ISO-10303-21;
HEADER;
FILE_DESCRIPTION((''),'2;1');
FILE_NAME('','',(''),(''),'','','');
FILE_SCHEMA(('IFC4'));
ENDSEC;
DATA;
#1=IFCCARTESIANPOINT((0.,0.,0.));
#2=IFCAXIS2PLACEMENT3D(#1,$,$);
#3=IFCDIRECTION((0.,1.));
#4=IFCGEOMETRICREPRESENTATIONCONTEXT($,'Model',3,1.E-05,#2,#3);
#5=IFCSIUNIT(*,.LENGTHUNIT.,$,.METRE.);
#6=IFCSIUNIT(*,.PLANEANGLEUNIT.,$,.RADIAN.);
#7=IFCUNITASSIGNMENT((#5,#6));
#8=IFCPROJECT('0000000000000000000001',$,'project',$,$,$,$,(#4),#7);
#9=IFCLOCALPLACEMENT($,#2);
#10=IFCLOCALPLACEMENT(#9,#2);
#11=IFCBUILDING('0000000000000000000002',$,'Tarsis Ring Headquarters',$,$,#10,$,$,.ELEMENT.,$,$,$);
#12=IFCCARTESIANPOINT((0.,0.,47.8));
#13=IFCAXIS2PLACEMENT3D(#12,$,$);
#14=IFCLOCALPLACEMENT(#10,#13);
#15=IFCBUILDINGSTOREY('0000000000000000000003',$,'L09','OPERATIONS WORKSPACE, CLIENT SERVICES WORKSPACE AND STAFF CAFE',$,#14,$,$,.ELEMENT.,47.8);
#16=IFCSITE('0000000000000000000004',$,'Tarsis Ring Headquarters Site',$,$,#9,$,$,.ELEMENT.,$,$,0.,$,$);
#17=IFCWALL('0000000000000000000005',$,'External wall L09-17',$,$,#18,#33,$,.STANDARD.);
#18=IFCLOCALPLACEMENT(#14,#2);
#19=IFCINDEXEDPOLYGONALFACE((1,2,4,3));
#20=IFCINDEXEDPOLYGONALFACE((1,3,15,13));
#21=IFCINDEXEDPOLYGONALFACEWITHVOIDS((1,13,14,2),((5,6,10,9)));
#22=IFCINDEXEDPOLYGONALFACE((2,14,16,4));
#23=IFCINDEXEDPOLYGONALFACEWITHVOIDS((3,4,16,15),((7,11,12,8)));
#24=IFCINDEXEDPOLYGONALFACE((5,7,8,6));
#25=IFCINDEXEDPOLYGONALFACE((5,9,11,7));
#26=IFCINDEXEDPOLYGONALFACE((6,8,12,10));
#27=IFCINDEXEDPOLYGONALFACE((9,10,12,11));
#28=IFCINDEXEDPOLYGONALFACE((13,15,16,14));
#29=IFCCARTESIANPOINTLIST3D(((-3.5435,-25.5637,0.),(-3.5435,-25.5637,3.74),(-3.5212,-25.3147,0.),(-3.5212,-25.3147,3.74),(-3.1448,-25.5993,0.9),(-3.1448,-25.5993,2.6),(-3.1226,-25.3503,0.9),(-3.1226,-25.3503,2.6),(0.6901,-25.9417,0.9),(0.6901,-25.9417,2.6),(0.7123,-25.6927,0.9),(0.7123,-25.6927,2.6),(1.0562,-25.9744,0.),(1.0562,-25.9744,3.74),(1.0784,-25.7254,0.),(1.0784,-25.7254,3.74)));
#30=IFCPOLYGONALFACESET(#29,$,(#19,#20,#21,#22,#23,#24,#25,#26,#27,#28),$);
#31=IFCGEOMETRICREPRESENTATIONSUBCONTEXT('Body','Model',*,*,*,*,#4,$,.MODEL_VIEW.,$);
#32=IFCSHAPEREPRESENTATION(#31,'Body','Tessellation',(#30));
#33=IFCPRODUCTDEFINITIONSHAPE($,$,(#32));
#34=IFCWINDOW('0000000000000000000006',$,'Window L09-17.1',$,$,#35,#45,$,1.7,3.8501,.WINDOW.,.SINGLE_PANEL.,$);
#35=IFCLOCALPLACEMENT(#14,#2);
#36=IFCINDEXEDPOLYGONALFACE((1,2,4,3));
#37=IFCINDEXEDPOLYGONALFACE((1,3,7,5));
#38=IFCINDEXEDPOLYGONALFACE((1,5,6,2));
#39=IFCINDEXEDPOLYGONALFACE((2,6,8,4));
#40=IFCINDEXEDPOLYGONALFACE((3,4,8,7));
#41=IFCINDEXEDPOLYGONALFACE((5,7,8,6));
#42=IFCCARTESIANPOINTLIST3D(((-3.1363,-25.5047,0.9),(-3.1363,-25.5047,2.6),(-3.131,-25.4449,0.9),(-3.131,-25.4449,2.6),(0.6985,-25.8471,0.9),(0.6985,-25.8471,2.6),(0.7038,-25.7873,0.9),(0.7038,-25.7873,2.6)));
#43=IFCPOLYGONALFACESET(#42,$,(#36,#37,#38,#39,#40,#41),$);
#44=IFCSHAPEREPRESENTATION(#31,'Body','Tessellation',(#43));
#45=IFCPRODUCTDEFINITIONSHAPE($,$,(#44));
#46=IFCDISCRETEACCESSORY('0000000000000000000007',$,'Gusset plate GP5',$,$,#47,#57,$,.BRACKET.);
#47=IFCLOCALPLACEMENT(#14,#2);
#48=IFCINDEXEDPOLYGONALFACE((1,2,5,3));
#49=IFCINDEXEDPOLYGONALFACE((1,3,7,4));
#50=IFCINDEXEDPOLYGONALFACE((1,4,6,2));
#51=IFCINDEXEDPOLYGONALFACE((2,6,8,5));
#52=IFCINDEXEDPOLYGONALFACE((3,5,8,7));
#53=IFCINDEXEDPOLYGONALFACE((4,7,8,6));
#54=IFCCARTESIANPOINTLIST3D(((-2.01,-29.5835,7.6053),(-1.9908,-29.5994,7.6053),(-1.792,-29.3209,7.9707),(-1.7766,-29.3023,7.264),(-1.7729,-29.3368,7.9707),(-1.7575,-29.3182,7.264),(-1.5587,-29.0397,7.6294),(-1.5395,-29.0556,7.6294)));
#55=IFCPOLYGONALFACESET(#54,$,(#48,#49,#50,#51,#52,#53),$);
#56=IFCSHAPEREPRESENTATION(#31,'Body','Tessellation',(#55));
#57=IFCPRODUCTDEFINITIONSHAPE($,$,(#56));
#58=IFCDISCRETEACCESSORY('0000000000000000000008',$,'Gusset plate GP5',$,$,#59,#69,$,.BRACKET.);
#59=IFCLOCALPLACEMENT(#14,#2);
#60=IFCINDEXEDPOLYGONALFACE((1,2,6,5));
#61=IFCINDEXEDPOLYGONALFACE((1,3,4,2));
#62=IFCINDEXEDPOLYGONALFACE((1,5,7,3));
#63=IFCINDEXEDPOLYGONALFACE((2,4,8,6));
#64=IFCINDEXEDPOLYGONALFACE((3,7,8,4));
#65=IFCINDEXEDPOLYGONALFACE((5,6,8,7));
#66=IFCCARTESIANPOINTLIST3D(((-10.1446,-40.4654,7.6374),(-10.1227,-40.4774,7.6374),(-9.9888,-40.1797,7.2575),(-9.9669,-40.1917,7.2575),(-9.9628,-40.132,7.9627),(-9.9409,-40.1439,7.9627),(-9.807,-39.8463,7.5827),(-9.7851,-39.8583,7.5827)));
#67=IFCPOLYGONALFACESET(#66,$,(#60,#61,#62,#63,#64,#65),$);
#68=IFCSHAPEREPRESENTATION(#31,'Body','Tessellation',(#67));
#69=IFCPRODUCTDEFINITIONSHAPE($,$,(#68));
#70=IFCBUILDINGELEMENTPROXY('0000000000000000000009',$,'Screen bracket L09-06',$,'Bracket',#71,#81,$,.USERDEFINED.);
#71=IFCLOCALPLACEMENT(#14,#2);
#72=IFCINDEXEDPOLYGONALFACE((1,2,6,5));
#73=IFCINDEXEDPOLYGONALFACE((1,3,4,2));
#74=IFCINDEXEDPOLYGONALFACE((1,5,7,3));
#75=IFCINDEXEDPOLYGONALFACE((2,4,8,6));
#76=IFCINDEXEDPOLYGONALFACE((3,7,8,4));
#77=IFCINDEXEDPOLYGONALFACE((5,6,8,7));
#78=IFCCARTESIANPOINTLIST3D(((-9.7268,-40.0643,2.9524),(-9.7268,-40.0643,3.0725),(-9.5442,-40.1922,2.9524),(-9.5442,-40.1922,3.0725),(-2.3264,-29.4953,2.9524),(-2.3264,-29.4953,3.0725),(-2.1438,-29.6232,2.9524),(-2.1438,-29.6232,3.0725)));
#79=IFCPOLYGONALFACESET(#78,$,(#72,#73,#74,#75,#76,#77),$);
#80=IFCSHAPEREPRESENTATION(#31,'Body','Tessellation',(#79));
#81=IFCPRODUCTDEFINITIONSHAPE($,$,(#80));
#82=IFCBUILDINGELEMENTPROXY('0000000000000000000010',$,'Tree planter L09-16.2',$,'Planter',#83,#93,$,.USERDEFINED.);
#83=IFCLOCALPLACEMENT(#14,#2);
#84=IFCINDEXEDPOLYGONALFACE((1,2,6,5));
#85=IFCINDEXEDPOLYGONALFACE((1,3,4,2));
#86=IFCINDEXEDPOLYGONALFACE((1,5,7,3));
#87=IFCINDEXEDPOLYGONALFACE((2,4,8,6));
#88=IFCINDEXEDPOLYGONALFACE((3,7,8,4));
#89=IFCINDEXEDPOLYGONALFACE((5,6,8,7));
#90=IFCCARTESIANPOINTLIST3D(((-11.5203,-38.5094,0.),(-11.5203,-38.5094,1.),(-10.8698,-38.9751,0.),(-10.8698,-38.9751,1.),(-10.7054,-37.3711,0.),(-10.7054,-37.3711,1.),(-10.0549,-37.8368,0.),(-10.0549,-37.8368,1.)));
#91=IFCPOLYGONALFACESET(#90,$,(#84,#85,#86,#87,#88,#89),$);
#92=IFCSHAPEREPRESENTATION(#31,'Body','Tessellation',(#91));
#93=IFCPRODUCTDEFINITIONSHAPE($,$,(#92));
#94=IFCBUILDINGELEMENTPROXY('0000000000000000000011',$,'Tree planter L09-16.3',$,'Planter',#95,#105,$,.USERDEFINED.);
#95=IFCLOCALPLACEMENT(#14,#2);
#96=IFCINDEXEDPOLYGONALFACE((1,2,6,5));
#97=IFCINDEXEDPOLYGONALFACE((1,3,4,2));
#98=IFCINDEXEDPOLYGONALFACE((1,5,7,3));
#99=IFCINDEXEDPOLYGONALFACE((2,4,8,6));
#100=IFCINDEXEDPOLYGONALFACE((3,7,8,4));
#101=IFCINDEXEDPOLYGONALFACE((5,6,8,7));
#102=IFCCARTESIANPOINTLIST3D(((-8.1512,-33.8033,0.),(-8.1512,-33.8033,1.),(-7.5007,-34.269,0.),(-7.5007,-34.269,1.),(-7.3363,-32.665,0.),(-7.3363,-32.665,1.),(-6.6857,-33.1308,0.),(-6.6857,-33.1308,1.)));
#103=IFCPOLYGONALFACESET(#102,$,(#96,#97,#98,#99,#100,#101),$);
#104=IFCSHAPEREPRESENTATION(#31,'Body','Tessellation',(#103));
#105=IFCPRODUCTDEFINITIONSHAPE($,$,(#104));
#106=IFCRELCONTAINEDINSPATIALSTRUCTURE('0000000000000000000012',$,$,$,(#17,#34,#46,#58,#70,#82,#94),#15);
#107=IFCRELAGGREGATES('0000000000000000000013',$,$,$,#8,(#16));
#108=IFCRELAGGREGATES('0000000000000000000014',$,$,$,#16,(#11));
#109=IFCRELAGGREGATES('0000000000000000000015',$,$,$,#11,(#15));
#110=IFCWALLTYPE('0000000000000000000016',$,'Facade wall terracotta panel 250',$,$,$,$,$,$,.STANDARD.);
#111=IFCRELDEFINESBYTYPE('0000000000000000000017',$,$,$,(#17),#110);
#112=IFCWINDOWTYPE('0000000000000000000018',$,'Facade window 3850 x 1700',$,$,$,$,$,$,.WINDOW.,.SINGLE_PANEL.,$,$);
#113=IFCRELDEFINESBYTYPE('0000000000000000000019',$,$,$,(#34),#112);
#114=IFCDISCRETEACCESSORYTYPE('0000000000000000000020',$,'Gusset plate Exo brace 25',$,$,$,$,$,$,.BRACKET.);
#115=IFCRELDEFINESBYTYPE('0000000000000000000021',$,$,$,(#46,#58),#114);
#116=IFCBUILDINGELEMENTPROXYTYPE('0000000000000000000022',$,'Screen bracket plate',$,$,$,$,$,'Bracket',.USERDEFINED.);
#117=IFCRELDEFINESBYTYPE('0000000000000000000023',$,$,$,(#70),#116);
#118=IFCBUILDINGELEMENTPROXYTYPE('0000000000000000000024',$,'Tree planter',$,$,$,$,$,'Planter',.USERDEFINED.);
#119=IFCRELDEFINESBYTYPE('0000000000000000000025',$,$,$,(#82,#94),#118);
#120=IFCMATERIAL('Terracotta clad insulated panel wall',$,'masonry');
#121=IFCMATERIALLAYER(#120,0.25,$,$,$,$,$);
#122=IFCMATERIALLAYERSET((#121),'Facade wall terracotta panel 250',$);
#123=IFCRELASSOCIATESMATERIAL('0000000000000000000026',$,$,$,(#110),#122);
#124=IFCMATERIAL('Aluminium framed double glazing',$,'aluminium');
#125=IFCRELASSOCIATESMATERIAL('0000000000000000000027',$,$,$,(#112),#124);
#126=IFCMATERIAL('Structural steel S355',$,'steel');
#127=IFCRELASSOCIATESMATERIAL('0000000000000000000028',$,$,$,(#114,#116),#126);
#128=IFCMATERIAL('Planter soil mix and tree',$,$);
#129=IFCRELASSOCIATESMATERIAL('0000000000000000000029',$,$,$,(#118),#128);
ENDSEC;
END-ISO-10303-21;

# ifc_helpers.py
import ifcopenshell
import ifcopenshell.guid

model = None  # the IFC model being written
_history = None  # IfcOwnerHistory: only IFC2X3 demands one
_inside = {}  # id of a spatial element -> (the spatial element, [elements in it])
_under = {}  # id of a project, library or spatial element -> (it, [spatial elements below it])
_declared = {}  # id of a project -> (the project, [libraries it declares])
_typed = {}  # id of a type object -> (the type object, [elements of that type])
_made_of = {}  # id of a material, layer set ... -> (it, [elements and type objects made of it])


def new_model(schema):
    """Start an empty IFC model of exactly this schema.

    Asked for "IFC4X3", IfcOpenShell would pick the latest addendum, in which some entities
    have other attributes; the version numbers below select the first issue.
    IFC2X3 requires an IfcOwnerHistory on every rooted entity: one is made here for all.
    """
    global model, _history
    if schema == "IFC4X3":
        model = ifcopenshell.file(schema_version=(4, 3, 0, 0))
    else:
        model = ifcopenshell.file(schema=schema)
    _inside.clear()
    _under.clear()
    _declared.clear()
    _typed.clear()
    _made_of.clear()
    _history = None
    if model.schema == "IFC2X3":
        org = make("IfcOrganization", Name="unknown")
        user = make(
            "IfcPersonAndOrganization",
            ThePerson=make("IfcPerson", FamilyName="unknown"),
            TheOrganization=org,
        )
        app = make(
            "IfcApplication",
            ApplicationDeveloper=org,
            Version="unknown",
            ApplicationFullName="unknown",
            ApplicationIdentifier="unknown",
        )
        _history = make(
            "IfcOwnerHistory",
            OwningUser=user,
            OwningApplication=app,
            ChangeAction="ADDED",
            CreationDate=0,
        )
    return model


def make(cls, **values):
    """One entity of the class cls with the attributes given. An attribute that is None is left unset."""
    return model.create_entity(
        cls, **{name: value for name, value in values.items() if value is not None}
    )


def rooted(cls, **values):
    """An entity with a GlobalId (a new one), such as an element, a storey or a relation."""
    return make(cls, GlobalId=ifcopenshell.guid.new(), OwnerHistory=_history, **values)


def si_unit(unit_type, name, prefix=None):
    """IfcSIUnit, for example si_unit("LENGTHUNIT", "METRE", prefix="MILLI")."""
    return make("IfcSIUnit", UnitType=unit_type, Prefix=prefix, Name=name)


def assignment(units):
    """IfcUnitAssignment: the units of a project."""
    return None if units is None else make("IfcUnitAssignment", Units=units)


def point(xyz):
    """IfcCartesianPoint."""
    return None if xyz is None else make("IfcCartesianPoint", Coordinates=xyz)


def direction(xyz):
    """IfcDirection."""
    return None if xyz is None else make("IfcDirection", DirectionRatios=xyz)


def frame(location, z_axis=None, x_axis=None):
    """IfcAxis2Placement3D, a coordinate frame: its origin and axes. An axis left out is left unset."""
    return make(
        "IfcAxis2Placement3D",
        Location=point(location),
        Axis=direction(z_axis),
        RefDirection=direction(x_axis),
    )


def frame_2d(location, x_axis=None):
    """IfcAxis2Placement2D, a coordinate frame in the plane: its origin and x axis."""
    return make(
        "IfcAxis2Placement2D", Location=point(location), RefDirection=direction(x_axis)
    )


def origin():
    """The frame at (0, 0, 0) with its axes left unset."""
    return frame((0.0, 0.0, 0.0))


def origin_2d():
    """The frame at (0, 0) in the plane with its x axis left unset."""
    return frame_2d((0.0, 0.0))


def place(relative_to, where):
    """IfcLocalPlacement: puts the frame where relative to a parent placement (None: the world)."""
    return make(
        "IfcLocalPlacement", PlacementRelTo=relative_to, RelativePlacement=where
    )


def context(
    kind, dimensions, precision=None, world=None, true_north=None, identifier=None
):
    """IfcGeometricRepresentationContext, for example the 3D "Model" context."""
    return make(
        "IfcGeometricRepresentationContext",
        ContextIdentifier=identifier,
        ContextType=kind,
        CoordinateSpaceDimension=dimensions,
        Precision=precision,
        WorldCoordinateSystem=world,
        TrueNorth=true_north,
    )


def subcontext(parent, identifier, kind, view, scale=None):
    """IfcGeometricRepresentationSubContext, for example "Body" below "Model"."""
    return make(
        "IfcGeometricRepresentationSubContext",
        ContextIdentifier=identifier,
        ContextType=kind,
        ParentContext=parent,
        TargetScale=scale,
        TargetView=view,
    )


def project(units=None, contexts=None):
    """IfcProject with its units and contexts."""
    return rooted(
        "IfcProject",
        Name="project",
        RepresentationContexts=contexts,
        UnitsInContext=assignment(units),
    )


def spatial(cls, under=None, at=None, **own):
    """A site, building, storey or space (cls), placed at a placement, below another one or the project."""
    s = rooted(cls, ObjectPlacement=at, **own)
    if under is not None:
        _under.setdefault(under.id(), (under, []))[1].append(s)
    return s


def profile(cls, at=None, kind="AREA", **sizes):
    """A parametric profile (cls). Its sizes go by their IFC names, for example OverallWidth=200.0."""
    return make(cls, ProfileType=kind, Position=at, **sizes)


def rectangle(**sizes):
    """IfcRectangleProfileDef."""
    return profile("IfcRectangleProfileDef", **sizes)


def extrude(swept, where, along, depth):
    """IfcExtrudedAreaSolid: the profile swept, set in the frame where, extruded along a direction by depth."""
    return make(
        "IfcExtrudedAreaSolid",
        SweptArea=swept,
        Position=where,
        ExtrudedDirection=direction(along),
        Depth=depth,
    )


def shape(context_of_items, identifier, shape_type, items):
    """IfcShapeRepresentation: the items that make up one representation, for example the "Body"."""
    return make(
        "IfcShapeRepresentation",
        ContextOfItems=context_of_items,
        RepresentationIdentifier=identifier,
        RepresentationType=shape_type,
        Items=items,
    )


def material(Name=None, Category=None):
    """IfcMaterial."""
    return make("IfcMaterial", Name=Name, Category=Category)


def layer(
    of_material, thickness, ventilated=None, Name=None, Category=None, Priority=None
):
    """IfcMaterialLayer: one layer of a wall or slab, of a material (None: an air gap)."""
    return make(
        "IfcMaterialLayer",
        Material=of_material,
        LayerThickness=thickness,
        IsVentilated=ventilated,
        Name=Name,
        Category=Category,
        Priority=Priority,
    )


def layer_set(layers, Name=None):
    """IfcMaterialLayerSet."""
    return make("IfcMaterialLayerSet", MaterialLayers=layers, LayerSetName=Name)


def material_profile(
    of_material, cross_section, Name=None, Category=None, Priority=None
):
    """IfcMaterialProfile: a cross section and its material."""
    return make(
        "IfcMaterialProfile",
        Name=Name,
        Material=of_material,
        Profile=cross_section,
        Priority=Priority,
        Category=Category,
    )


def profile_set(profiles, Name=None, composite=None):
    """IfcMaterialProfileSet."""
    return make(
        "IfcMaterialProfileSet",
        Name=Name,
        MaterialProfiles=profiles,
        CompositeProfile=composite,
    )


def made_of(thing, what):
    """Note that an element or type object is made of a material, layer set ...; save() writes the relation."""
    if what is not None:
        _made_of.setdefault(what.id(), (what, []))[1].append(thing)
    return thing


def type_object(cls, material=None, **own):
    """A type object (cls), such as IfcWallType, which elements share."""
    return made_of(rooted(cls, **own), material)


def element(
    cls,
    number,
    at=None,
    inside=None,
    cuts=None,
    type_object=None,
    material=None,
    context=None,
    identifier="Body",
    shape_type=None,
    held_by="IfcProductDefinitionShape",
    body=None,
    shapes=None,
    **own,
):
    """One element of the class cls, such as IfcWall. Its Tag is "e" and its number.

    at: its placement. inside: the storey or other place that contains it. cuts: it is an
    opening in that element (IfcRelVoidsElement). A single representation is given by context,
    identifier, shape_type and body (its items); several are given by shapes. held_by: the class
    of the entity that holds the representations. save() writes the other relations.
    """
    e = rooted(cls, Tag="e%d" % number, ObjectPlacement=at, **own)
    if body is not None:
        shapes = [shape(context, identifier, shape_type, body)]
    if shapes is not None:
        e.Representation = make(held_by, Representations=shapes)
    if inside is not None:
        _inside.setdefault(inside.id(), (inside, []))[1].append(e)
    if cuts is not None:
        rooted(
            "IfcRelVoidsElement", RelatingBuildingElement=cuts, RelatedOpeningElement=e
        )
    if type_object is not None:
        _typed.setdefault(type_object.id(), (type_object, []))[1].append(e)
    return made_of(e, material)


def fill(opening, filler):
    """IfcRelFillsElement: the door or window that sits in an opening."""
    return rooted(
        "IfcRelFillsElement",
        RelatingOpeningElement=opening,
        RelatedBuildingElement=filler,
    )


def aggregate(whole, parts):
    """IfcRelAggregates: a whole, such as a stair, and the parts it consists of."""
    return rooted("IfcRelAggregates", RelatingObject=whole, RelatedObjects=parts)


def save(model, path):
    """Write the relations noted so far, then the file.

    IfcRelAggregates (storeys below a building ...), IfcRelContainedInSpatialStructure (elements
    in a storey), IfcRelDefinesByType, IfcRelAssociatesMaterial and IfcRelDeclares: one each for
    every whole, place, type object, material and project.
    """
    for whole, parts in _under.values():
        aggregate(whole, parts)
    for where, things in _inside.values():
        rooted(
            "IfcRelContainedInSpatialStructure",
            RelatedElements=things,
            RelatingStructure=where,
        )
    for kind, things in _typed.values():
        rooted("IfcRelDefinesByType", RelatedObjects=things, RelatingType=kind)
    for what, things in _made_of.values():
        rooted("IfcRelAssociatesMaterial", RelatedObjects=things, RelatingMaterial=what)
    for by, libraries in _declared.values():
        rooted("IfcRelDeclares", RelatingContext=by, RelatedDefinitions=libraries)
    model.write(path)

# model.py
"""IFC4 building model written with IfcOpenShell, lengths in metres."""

from ifc_helpers import new_model, si_unit, direction, frame, frame_2d, origin, origin_2d, place, context, subcontext, project, spatial, rectangle, extrude, material, layer, layer_set, material_profile, profile_set, type_object, element, fill, save


model = new_model("IFC4")

# Units and contexts
model_context = context("Model", 3, precision=1e-05, world=origin(), true_north=direction((0.0, 1.0)))
body_context = subcontext(model_context, "Body", "Model", "MODEL_VIEW")
ifc_project = project(units=[si_unit("LENGTHUNIT", "METRE"), si_unit("PLANEANGLEUNIT", "RADIAN")], contexts=[model_context])

# Site, building, storey
site_placement = place(None, origin())
site = spatial("IfcSite", under=ifc_project, at=site_placement, Name="Tarsis Ring Headquarters Site", CompositionType="ELEMENT", RefElevation=0.0)
building_placement = place(site_placement, origin())
building = spatial("IfcBuilding", under=site, at=building_placement, Name="Tarsis Ring Headquarters", CompositionType="ELEMENT")
storey_placement = place(building_placement, frame((0.0, 0.0, 47.8)))
storey = spatial("IfcBuildingStorey", under=building, at=storey_placement, Name="L09", Description="OPERATIONS WORKSPACE, CLIENT SERVICES WORKSPACE AND STAFF CAFE", CompositionType="ELEMENT", Elevation=47.8)

# Shared definitions
ifc_material_1 = material(Name="Structural steel S355", Category="steel")

# Wall, opening, window
ifc_material_2 = material(Name="Terracotta clad insulated panel wall", Category="masonry")
ifc_layer_1 = layer(ifc_material_2, 0.25)
ifc_layer_set_1 = layer_set([ifc_layer_1], Name="Facade wall terracotta panel 250")
wall_type_1 = type_object("IfcWallType", Name="Facade wall terracotta panel 250", PredefinedType="STANDARD", material=ifc_layer_set_1)
wall_1_placement = place(storey_placement, frame((-3.5325, -25.4392, 0.0), z_axis=(0.0, 0.0, 1.0), x_axis=(0.996038, -0.088924, 0.0)))
wall_1 = element("IfcWall", 1, at=wall_1_placement, inside=storey, type_object=wall_type_1, Name="External wall L09-17", PredefinedType="STANDARD", context=body_context, shape_type="SweptSolid", body=[
    extrude(rectangle(XDim=4.6179, YDim=0.25, at=frame_2d((2.3091, 0.0))), origin(), (0.0, 0.0, 1.0), 3.74),
])
opening_1_placement = place(wall_1_placement, frame((0.4004, 0.0, 0.8999)))
opening_1 = element("IfcOpeningElement", 2, at=opening_1_placement, cuts=wall_1, PredefinedType="OPENING", context=body_context, shape_type="SweptSolid", body=[
    extrude(rectangle(XDim=3.8501, YDim=1.7, at=frame_2d((1.925, 0.8501))), frame((0.0, 0.135, 0.0), z_axis=(0.0, -1.0, 0.0), x_axis=(1.0, 0.0, 0.0)), (0.0, 0.0, 1.0), 0.27),
])
ifc_material_3 = material(Name="Aluminium framed double glazing", Category="aluminium")
window_type = type_object("IfcWindowType", Name="Facade window 3850 x 1700", PartitioningType="SINGLE_PANEL", PredefinedType="WINDOW", material=ifc_material_3)
window_placement = place(opening_1_placement, origin())
window = element("IfcWindow", 3, at=window_placement, inside=storey, type_object=window_type, Name="Window L09-17.1", OverallHeight=1.7, OverallWidth=3.8501, PartitioningType="SINGLE_PANEL", PredefinedType="WINDOW", context=body_context, shape_type="SweptSolid", body=[
    extrude(rectangle(XDim=3.8501, YDim=1.7, at=frame_2d((1.925, 0.8501))), frame((0.0, 0.03, 0.0), z_axis=(0.0, -1.0, 0.0), x_axis=(1.0, 0.0, 0.0)), (0.0, 0.0, 1.0), 0.0601),
])
fill(opening_1, window)

# Discrete accessories
ifc_material_profile_1 = material_profile(ifc_material_1, rectangle(XDim=0.0249, YDim=0.5, at=origin_2d()), Name="PL 25x500")
ifc_profile_set_1 = profile_set([ifc_material_profile_1], Name="Structural steel S355")
discrete_accessory_type = type_object("IfcDiscreteAccessoryType", Name="Gusset plate Exo brace 25", PredefinedType="BRACKET", material=ifc_profile_set_1)
discrete_accessory_1_placement = place(storey_placement, frame((-1.6658, -29.1882, 7.8), z_axis=(-0.435935, -0.52527, -0.730789), x_axis=(0.769509, -0.638636, 0.0)))
element("IfcDiscreteAccessory", 4, at=discrete_accessory_1_placement, inside=storey, type_object=discrete_accessory_type, Name="Gusset plate GP5", PredefinedType="BRACKET", context=body_context, shape_type="SweptSolid", body=[
    extrude(rectangle(XDim=0.0249, YDim=0.5, at=origin_2d()), origin(), (0.0, 0.0, 1.0), 0.5),
])
discrete_accessory_2_placement = place(storey_placement, frame((-10.0427, -40.3047, 7.8), z_axis=(0.31142, 0.5711, -0.759514), x_axis=(-0.877953, 0.478747, 0.0)))
element("IfcDiscreteAccessory", 5, at=discrete_accessory_2_placement, inside=storey, type_object=discrete_accessory_type, Name="Gusset plate GP5", PredefinedType="BRACKET", context=body_context, shape_type="SweptSolid", body=[
    extrude(rectangle(XDim=0.0249, YDim=0.5, at=origin_2d()), origin(), (0.0, 0.0, 1.0), 0.5002),
])

# Building element proxies
building_element_proxy_type_1 = type_object("IfcBuildingElementProxyType", Name="Screen bracket plate", ElementType="Bracket", PredefinedType="USERDEFINED", material=ifc_material_1)
proxy_placement = place(storey_placement, frame((-5.9353, -34.8438, 2.9524), z_axis=(0.0, 0.0, 1.0), x_axis=(0.573576, 0.819152, 0.0)))
element("IfcBuildingElementProxy", 6, at=proxy_placement, inside=storey, type_object=building_element_proxy_type_1, Name="Screen bracket L09-06", ObjectType="Bracket", PredefinedType="USERDEFINED", context=body_context, shape_type="SweptSolid", body=[
    extrude(rectangle(XDim=12.9023, YDim=0.2229, at=origin_2d()), origin(), (0.0, 0.0, 1.0), 0.1201),
])
ifc_material_4 = material(Name="Planter soil mix and tree")
building_element_proxy_type_2 = type_object("IfcBuildingElementProxyType", Name="Tree planter", ElementType="Planter", PredefinedType="USERDEFINED", material=ifc_material_4)
for number, where, z_axis, x_axis, name in (
    (7, (-10.7876, -38.1731, 0.0), (0.0, 0.0, 1.0), (0.582123, 0.813101, 0.0), "Tree planter L09-16.2"),
    (8, (-7.4185, -33.467, 0.0), (0.0, 0.0, 1.0), (0.582123, 0.813101, 0.0), "Tree planter L09-16.3"),
):
    element("IfcBuildingElementProxy", number, at=place(storey_placement, frame(where, z_axis=z_axis, x_axis=x_axis)), inside=storey, type_object=building_element_proxy_type_2, Name=name, ObjectType="Planter", PredefinedType="USERDEFINED", context=body_context, shape_type="SweptSolid", body=[
        extrude(rectangle(XDim=1.3999, YDim=0.8, at=origin_2d()), origin(), (0.0, 0.0, 1.0), 1.0),
    ])

save(model, "model.ifc")
